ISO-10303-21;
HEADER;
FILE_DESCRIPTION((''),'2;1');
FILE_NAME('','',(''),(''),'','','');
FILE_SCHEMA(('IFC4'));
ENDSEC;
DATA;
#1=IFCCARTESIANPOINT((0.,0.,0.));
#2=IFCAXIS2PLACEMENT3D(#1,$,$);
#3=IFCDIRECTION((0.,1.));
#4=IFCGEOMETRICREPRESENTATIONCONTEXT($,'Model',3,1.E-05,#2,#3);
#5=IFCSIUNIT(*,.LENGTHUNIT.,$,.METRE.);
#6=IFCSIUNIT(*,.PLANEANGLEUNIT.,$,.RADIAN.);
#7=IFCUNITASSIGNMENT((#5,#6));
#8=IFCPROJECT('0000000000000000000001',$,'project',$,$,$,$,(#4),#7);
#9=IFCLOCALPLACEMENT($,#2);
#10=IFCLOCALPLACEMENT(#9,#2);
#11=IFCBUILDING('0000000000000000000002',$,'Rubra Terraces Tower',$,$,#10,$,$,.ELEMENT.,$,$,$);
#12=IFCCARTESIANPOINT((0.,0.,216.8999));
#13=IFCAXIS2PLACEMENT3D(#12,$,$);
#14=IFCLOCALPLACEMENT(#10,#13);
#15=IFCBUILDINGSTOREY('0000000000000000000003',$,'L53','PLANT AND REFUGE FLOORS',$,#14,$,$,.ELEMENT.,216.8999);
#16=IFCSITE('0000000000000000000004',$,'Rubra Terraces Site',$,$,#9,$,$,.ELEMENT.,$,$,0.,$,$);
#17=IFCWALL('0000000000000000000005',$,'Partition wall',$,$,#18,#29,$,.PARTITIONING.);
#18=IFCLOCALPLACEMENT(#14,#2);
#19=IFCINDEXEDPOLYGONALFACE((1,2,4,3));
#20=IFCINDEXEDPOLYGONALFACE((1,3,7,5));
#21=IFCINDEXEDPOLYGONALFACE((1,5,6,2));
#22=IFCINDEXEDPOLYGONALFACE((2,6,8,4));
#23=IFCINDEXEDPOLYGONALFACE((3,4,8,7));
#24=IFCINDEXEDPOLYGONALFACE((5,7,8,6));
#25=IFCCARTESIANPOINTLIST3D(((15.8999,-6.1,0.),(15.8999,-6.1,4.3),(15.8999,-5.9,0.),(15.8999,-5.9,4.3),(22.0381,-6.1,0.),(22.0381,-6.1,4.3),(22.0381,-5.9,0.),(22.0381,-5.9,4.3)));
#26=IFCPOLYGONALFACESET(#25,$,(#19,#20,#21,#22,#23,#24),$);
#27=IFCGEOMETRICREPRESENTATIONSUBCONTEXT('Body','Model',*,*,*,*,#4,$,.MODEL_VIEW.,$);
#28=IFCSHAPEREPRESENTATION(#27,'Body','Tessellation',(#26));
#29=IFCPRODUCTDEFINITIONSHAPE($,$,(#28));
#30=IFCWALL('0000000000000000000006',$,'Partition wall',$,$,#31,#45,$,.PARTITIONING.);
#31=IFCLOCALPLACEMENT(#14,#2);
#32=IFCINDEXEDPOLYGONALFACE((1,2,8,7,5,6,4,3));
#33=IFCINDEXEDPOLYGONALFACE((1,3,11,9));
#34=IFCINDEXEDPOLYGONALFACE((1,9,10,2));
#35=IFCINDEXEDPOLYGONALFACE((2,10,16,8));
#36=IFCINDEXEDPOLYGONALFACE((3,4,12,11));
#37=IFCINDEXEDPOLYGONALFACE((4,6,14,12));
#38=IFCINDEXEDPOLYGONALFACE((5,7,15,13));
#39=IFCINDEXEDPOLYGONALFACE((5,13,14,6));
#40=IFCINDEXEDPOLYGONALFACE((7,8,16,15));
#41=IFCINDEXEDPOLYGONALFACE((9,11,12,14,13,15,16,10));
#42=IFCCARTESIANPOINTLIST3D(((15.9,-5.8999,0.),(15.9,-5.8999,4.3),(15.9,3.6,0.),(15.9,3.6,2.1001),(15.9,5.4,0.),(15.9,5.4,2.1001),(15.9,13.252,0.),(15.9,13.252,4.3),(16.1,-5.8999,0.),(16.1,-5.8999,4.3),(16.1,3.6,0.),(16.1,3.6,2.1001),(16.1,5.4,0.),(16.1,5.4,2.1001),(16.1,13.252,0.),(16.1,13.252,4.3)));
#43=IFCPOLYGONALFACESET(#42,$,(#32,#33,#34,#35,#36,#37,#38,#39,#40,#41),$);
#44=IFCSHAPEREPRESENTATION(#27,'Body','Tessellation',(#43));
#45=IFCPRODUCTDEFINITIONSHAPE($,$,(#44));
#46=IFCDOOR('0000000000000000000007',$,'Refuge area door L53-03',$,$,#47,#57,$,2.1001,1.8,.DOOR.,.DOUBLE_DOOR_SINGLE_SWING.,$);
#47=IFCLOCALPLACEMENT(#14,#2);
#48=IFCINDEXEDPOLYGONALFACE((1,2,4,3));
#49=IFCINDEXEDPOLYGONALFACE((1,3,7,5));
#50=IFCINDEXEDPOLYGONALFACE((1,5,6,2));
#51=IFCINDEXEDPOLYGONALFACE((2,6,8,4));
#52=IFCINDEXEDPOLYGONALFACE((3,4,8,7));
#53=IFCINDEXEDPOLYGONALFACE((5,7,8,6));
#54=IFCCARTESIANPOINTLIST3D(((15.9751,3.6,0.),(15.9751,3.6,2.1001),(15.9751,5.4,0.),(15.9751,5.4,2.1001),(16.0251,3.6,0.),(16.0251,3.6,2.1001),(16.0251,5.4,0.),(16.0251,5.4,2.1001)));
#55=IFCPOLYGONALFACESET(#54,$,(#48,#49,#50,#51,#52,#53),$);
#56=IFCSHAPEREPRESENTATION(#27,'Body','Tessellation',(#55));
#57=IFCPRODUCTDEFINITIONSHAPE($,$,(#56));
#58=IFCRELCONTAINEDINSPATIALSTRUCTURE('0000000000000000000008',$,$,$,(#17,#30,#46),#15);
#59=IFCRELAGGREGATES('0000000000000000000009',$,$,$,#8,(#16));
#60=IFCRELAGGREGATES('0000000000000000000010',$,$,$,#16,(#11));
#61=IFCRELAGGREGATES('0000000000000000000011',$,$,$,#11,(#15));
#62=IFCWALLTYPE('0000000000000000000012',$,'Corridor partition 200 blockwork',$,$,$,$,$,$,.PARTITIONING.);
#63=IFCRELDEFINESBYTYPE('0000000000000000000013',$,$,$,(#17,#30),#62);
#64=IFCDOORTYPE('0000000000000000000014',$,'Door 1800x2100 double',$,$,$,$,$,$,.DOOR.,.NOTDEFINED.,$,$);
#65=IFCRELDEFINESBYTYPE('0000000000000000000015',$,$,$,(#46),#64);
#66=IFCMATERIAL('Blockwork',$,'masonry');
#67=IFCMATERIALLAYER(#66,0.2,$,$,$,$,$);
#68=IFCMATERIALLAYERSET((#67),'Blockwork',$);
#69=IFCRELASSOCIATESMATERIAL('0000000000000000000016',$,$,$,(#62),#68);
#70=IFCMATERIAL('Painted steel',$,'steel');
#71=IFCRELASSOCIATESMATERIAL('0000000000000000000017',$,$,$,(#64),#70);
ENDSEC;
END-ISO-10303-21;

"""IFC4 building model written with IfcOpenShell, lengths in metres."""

from ifc_helpers import new_model, si_unit, direction, frame, frame_2d, origin, place, context, subcontext, project, spatial, rectangle, extrude, material, layer, layer_set, type_object, element, fill, save


model = new_model("IFC4")

# Units and contexts
model_context = context("Model", 3, precision=1e-05, world=origin(), true_north=direction((0.0, 1.0)))
body_context = subcontext(model_context, "Body", "Model", "MODEL_VIEW")
ifc_project = project(units=[si_unit("LENGTHUNIT", "METRE"), si_unit("PLANEANGLEUNIT", "RADIAN")], contexts=[model_context])

# Site, building, storey
site_placement = place(None, origin())
site = spatial("IfcSite", under=ifc_project, at=site_placement, Name="Rubra Terraces Site", CompositionType="ELEMENT", RefElevation=0.0)
building_placement = place(site_placement, origin())
building = spatial("IfcBuilding", under=site, at=building_placement, Name="Rubra Terraces Tower", CompositionType="ELEMENT")
storey_placement = place(building_placement, frame((0.0, 0.0, 216.8999)))
storey = spatial("IfcBuildingStorey", under=building, at=storey_placement, Name="L53", Description="PLANT AND REFUGE FLOORS", CompositionType="ELEMENT", Elevation=216.8999)

# Wall
ifc_material_1 = material(Name="Blockwork", Category="masonry")
ifc_layer_1 = layer(ifc_material_1, 0.2)
ifc_layer_set_1 = layer_set([ifc_layer_1], Name="Blockwork")
wall_type_1 = type_object("IfcWallType", Name="Corridor partition 200 blockwork", PredefinedType="PARTITIONING", material=ifc_layer_set_1)
wall_1_placement = place(storey_placement, frame((22.0381, -6.0, 0.0), z_axis=(0.0, 0.0, 1.0), x_axis=(-1.0, 0.0, 0.0)))
element("IfcWall", 1, at=wall_1_placement, inside=storey, type_object=wall_type_1, Name="Partition wall", PredefinedType="PARTITIONING", context=body_context, shape_type="SweptSolid", body=[
    extrude(rectangle(XDim=6.1382, YDim=0.2, at=frame_2d((3.0691, 0.0))), origin(), (0.0, 0.0, 1.0), 4.3),
])

# Wall, opening, door
wall_2_placement = place(storey_placement, frame((16.0, -5.8999, 0.0), z_axis=(0.0, 0.0, 1.0), x_axis=(0.0, 1.0, 0.0)))
wall_2 = element("IfcWall", 2, at=wall_2_placement, inside=storey, type_object=wall_type_1, Name="Partition wall", PredefinedType="PARTITIONING", context=body_context, shape_type="SweptSolid", body=[
    extrude(rectangle(XDim=19.1519, YDim=0.2, at=frame_2d((9.5759, 0.0))), origin(), (0.0, 0.0, 1.0), 4.3),
])
opening_1_placement = place(wall_2_placement, frame((9.5, 0.0, 0.0)))
opening_1 = element("IfcOpeningElement", 3, at=opening_1_placement, cuts=wall_2, PredefinedType="OPENING", context=body_context, shape_type="SweptSolid", body=[
    extrude(rectangle(XDim=1.8, YDim=2.1001, at=frame_2d((0.8999, 1.05))), frame((0.0, 0.1099, 0.0), z_axis=(0.0, -1.0, 0.0), x_axis=(1.0, 0.0, 0.0)), (0.0, 0.0, 1.0), 0.22),
])
ifc_material_2 = material(Name="Painted steel", Category="steel")
door_type = type_object("IfcDoorType", Name="Door 1800x2100 double", OperationType="NOTDEFINED", PredefinedType="DOOR", material=ifc_material_2)
door_placement = place(opening_1_placement, origin())
door = element("IfcDoor", 4, at=door_placement, inside=storey, type_object=door_type, Name="Refuge area door L53-03", OperationType="DOUBLE_DOOR_SINGLE_SWING", OverallHeight=2.1001, OverallWidth=1.8, PredefinedType="DOOR", context=body_context, shape_type="SweptSolid", body=[
    extrude(rectangle(XDim=1.8, YDim=2.1001, at=frame_2d((0.8999, 1.05))), frame((0.0, 0.0249, 0.0), z_axis=(0.0, -1.0, 0.0), x_axis=(1.0, 0.0, 0.0)), (0.0, 0.0, 1.0), 0.05),
])
fill(opening_1, door)

save(model, "model.ifc")
